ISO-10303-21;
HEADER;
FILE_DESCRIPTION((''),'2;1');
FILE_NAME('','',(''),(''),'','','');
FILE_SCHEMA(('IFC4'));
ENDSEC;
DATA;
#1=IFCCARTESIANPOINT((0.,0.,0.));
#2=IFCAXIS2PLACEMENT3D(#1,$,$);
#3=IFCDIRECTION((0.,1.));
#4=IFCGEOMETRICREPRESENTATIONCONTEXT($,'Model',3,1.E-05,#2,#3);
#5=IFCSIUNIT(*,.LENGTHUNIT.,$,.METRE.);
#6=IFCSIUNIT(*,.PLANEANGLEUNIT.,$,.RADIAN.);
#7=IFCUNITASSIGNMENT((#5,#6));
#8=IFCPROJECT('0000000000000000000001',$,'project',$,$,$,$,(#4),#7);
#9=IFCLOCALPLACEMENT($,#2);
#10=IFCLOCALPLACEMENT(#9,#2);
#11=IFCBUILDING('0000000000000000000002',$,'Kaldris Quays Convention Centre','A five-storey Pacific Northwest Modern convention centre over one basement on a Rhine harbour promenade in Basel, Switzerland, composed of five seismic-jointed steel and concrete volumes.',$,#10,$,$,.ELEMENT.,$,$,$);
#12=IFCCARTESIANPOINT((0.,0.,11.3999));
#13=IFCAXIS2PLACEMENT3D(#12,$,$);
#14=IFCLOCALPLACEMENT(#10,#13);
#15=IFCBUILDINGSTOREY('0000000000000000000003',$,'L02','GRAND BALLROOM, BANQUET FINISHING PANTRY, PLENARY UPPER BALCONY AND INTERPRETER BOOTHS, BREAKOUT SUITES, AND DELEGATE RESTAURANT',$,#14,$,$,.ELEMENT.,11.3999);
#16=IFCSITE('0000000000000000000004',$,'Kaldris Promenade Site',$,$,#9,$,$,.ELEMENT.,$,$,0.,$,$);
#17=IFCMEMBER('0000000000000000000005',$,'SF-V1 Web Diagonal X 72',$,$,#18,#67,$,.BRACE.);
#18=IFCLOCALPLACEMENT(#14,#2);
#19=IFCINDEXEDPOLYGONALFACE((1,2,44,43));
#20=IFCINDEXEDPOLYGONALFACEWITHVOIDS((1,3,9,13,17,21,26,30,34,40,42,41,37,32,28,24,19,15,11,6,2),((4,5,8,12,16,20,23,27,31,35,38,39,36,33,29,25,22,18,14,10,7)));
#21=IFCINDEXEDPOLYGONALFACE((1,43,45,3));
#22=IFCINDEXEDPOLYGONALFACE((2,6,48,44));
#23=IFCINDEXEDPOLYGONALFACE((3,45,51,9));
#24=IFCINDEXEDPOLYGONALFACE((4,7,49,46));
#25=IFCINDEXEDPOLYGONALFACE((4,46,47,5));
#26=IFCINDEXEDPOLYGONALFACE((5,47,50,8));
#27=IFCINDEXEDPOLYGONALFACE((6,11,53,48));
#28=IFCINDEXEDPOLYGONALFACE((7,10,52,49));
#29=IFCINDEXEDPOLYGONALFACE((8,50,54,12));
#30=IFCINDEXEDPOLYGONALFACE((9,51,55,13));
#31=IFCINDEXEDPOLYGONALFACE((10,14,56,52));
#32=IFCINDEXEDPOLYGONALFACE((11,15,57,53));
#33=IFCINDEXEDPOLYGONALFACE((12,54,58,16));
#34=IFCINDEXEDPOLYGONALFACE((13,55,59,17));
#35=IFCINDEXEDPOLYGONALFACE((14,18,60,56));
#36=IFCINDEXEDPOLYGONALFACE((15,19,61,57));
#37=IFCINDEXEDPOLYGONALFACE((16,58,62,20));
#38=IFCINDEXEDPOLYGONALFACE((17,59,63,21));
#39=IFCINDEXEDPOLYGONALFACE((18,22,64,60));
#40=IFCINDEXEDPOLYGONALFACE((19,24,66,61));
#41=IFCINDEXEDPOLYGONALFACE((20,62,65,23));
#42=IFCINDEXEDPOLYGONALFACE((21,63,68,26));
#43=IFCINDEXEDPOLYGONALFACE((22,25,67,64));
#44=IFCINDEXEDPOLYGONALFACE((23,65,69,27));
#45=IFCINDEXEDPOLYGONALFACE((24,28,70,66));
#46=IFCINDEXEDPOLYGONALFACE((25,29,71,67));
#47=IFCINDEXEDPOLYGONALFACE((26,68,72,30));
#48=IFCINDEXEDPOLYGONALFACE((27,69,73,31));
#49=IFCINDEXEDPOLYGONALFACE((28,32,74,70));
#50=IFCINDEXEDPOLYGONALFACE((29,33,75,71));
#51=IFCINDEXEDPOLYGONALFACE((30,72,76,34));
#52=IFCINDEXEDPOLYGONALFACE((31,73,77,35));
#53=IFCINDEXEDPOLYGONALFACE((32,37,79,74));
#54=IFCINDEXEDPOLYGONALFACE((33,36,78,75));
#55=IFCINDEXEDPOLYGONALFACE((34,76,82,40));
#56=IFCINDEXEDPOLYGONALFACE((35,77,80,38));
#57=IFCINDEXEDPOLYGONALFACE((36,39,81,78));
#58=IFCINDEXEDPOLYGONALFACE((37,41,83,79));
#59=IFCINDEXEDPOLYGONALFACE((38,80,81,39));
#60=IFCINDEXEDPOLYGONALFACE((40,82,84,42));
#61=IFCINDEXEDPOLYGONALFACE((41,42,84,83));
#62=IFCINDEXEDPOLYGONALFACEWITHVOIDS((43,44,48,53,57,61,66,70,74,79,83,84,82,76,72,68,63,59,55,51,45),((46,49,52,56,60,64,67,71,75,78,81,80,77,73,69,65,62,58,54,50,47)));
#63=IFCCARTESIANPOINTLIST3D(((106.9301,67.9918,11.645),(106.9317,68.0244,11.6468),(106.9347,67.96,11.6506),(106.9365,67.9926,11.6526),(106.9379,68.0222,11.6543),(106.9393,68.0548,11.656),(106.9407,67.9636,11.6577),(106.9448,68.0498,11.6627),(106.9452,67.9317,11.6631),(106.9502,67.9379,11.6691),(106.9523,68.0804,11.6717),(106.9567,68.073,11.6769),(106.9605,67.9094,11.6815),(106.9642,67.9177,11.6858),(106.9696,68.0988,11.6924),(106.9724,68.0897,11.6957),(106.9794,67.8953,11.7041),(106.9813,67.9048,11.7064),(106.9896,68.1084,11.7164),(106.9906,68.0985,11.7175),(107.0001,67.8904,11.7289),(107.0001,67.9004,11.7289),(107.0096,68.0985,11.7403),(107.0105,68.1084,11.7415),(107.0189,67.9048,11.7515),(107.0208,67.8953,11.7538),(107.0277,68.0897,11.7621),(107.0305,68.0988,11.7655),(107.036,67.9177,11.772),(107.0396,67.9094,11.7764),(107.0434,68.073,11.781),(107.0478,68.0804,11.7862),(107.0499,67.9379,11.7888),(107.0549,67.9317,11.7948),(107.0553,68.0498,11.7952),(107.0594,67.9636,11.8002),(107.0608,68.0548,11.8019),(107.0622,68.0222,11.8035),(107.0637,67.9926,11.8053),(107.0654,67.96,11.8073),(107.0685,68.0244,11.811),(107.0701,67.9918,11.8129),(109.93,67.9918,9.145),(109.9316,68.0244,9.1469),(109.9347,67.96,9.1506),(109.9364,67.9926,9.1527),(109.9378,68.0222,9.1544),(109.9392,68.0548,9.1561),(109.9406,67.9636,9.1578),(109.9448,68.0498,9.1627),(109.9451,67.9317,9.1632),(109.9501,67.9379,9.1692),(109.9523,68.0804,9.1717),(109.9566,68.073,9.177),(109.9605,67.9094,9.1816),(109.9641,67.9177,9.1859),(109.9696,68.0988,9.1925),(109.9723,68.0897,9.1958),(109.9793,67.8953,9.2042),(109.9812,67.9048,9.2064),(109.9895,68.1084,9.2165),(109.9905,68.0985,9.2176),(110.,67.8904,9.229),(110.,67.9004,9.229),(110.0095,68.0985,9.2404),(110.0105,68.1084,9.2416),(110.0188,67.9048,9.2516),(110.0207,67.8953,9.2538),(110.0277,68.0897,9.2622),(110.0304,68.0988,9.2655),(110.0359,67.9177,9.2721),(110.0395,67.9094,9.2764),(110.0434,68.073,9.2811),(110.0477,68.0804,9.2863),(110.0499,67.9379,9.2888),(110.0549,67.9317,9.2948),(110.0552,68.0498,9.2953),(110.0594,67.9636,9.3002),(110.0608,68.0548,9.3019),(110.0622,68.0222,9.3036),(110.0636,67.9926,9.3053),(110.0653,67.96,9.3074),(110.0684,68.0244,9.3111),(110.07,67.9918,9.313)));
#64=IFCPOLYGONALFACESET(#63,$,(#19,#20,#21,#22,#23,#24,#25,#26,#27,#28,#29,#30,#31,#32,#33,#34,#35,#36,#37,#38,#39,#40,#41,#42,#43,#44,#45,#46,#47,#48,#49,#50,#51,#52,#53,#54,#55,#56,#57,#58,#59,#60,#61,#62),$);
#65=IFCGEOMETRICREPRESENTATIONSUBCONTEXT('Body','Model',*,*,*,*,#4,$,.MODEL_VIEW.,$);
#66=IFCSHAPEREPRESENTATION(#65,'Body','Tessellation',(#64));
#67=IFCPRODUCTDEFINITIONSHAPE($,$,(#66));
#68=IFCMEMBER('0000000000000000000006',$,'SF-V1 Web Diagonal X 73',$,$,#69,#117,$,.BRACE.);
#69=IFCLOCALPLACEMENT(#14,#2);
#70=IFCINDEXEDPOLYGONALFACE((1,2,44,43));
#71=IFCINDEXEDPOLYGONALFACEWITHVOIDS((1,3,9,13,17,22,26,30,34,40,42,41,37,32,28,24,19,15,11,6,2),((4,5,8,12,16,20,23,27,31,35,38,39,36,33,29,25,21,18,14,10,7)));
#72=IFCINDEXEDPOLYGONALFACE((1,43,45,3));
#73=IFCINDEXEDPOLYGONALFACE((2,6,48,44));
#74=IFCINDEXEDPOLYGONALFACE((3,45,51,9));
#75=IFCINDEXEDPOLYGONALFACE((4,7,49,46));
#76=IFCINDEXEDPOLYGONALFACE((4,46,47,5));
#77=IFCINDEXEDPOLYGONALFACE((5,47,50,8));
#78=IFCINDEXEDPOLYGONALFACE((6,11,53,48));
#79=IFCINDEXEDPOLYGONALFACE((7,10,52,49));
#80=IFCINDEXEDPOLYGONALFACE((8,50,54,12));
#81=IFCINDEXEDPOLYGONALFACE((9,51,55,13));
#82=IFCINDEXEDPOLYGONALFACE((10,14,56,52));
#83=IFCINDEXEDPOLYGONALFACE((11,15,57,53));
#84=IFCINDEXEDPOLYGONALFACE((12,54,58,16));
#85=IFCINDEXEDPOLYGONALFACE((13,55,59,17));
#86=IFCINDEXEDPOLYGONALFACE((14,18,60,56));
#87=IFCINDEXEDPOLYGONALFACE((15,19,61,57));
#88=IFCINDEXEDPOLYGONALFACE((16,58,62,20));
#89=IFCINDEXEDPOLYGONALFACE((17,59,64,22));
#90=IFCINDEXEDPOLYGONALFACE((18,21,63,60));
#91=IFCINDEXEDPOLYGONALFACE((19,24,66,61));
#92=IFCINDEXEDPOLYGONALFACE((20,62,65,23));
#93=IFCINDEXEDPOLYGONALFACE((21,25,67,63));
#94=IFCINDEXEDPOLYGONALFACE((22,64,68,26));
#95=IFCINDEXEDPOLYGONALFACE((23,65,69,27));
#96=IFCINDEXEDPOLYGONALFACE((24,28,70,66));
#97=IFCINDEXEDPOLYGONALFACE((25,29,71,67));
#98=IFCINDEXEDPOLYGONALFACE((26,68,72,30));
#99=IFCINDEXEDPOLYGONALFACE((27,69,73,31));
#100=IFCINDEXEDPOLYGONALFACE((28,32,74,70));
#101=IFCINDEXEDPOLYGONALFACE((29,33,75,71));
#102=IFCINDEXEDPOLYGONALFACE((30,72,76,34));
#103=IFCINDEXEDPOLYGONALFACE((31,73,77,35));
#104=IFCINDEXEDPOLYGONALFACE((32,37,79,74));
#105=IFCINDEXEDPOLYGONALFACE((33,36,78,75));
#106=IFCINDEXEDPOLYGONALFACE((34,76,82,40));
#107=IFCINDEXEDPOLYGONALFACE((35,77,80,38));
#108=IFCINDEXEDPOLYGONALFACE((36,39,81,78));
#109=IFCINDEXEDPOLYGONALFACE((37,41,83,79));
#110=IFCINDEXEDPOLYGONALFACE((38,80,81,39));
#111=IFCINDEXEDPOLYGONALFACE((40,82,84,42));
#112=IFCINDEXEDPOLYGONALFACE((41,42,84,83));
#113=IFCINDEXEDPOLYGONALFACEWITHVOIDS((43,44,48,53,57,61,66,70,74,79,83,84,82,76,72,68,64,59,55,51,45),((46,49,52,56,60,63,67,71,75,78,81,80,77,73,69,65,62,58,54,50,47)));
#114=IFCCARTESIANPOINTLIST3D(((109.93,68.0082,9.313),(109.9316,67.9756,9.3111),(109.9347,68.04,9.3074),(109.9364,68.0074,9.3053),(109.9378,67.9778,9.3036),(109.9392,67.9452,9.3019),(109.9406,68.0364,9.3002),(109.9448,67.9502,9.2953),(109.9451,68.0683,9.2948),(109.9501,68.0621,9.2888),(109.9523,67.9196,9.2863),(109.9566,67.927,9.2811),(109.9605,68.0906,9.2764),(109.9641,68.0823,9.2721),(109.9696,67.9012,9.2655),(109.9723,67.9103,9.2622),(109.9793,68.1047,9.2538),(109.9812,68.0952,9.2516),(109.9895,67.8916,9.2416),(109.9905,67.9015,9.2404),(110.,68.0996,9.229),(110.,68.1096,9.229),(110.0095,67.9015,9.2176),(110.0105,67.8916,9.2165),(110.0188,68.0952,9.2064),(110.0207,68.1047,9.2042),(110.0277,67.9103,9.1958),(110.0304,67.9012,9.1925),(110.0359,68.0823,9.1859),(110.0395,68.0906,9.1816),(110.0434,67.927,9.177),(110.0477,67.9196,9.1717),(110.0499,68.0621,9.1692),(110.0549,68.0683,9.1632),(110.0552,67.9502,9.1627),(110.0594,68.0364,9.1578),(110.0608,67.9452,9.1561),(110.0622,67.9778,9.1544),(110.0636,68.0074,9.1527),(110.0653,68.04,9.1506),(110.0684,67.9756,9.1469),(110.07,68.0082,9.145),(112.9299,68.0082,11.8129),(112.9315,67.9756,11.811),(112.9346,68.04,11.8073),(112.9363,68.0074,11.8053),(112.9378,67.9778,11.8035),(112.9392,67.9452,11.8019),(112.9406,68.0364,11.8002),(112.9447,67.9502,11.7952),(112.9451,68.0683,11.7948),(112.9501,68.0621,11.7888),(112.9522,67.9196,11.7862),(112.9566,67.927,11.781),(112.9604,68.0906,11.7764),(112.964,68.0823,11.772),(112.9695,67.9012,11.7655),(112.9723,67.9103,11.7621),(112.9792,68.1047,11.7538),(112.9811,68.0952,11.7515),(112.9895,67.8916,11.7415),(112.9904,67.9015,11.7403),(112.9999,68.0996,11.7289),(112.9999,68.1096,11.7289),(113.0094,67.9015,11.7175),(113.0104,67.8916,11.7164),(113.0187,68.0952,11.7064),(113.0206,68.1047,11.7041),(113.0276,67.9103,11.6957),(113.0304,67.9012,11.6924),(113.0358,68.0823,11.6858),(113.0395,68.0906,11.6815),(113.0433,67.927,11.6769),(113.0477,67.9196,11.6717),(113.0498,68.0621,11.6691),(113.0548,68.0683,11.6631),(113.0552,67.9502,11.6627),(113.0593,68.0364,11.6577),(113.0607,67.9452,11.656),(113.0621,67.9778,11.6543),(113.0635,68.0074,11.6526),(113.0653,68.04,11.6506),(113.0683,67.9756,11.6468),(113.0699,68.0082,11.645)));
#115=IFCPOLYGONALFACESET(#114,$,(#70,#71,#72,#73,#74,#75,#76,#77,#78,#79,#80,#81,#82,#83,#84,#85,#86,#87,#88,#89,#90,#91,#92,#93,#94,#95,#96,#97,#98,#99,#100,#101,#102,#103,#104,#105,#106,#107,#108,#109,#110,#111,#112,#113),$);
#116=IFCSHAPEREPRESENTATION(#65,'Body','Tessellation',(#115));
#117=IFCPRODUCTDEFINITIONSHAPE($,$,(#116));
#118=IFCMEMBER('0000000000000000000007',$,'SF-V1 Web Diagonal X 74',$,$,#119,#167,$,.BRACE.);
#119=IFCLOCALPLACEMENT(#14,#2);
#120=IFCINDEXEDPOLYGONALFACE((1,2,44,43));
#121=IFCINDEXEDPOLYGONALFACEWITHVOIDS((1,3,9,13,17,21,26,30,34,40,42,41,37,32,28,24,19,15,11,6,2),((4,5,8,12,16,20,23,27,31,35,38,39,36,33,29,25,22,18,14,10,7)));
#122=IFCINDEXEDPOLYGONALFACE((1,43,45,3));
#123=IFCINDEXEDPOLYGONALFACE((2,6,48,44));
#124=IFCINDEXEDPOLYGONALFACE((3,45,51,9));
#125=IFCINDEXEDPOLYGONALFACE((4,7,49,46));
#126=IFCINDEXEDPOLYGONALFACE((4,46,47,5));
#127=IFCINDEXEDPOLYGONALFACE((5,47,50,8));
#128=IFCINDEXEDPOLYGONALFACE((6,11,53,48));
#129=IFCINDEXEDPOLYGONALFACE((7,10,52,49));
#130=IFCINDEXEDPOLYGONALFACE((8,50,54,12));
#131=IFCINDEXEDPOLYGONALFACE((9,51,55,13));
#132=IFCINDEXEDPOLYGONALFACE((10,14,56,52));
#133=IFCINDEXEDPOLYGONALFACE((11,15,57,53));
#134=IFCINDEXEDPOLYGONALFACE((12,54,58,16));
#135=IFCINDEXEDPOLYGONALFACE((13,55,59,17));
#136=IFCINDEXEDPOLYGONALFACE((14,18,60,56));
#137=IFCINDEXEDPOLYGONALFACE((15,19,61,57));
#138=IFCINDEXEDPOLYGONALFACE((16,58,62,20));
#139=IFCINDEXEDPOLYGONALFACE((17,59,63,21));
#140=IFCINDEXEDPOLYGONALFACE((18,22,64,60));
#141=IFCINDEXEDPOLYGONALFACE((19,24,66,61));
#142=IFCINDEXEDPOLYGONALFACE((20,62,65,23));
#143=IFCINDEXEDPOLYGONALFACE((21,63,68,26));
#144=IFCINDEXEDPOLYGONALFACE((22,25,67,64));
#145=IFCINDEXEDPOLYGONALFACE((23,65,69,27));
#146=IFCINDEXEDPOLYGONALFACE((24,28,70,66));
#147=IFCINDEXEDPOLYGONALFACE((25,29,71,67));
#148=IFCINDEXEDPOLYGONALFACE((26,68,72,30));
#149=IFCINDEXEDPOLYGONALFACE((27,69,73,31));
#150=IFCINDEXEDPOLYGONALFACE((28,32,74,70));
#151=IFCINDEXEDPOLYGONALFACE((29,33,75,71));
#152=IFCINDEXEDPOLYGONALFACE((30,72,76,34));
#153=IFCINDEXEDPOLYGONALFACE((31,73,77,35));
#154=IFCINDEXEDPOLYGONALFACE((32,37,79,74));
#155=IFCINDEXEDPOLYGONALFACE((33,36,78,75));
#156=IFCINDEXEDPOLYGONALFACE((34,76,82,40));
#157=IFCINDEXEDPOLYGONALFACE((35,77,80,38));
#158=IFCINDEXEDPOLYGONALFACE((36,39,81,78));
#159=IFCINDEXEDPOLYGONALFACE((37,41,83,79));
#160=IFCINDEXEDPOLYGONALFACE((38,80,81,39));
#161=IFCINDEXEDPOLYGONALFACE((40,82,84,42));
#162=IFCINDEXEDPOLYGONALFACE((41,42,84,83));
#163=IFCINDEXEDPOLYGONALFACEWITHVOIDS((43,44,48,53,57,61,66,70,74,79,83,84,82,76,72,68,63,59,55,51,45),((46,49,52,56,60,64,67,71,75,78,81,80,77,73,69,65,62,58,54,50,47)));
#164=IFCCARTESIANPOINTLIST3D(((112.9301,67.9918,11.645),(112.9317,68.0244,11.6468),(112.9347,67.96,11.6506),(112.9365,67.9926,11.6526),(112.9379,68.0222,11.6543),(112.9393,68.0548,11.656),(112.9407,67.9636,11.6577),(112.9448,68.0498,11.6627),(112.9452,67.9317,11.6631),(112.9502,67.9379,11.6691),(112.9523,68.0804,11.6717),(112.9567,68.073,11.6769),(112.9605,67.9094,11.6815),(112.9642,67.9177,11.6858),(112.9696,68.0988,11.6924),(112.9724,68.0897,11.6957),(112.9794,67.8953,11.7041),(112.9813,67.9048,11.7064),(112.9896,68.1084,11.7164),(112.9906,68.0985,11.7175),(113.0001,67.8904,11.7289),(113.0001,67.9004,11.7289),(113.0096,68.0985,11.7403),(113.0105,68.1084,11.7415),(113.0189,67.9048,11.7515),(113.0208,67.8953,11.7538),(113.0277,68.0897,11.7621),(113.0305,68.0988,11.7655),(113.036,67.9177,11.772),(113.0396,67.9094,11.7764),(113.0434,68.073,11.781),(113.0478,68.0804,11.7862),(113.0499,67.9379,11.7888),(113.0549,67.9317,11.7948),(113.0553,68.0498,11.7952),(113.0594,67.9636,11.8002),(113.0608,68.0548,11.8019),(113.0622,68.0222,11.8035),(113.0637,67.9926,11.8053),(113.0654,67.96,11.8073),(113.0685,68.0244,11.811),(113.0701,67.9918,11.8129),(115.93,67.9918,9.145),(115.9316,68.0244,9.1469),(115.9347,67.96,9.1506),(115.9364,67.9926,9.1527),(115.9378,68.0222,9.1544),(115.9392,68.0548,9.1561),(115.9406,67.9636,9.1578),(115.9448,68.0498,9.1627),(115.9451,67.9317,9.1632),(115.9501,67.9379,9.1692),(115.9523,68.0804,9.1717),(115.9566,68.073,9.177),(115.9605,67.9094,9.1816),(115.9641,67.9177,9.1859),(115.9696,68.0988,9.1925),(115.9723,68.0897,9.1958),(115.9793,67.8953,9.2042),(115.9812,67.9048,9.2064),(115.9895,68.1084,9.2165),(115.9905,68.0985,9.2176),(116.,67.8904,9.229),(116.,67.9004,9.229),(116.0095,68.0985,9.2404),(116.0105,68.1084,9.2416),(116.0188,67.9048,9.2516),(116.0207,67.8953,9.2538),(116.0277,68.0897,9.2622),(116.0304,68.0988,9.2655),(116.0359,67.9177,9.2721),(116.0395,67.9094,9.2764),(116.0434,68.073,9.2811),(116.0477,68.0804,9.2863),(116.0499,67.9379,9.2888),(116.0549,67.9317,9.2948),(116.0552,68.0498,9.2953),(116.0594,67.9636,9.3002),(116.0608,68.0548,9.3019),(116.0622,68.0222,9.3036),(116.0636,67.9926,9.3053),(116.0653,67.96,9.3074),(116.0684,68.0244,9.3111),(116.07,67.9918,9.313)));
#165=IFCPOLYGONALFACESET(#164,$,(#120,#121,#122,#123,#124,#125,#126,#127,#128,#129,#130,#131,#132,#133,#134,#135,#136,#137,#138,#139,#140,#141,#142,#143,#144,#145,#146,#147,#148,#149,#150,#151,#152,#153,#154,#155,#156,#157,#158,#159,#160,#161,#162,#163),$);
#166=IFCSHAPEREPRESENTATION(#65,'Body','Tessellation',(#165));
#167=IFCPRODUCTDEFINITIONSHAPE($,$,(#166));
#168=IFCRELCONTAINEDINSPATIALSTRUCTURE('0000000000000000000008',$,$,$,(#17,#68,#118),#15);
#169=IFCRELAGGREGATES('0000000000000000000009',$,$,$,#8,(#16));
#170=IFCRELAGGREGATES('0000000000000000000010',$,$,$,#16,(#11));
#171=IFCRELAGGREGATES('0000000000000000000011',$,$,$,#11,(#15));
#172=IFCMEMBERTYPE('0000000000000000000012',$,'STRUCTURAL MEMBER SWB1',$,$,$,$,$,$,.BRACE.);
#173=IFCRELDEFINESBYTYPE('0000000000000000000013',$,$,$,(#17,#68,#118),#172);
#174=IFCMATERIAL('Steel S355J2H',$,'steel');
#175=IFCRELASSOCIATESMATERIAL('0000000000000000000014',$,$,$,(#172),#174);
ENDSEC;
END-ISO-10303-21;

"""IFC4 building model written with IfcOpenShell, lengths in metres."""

from ifc_helpers import new_model, si_unit, direction, frame, origin, origin_2d, place, context, subcontext, project, spatial, hollow_circle, extrude, material, material_profile, profile_set, type_object, element, save


model = new_model("IFC4")

# Units and contexts
model_context = context("Model", 3, precision=1e-05, world=origin(), true_north=direction((0.0, 1.0)))
body_context = subcontext(model_context, "Body", "Model", "MODEL_VIEW")
ifc_project = project(units=[si_unit("LENGTHUNIT", "METRE"), si_unit("PLANEANGLEUNIT", "RADIAN")], contexts=[model_context])

# Site, building, storey
site_placement = place(None, origin())
site = spatial("IfcSite", under=ifc_project, at=site_placement, Name="Kaldris Promenade Site", CompositionType="ELEMENT", RefElevation=0.0)
building_placement = place(site_placement, origin())
building = spatial("IfcBuilding", under=site, at=building_placement, Name="Kaldris Quays Convention Centre", Description="A five-storey Pacific Northwest Modern convention centre over one basement on a Rhine harbour promenade in Basel, Switzerland, composed of five seismic-jointed steel and concrete volumes.", CompositionType="ELEMENT")
storey_placement = place(building_placement, frame((0.0, 0.0, 11.3999)))
storey = spatial("IfcBuildingStorey", under=building, at=storey_placement, Name="L02", Description="GRAND BALLROOM, BANQUET FINISHING PANTRY, PLENARY UPPER BALCONY AND INTERPRETER BOOTHS, BREAKOUT SUITES, AND DELEGATE RESTAURANT", CompositionType="ELEMENT", Elevation=11.3999)

# Members
ifc_material_1 = material(Name="Steel S355J2H", Category="steel")
ifc_material_profile_1 = material_profile(ifc_material_1, hollow_circle(Radius=0.1096, WallThickness=0.01, at=origin_2d()), Name="CHS 219.1x10")
ifc_profile_set_1 = profile_set([ifc_material_profile_1], Name="Steel S355J2H")
member_type_1 = type_object("IfcMemberType", Name="STRUCTURAL MEMBER SWB1", PredefinedType="BRACE", material=ifc_profile_set_1)
for number, where, z_axis, x_axis, name in (
    (1, (110.0, 68.0, 9.229), (-0.768221, 0.0, 0.640184), (0.0, -1.0, 0.0), "SF-V1 Web Diagonal X 72"),
    (2, (110.0, 68.0, 9.229), (0.768221, 0.0, 0.640184), (0.0, 1.0, 0.0), "SF-V1 Web Diagonal X 73"),
    (3, (116.0, 68.0, 9.229), (-0.768221, 0.0, 0.640184), (0.0, -1.0, 0.0), "SF-V1 Web Diagonal X 74"),
):
    element("IfcMember", number, at=place(storey_placement, frame(where, z_axis=z_axis, x_axis=x_axis)), inside=storey, type_object=member_type_1, Name=name, PredefinedType="BRACE", context=body_context, shape_type="SweptSolid", body=[
        extrude(hollow_circle(Radius=0.1096, WallThickness=0.01, at=origin_2d()), origin(), (0.0, 0.0, 1.0), 3.905),
    ])

save(model, "model.ifc")
